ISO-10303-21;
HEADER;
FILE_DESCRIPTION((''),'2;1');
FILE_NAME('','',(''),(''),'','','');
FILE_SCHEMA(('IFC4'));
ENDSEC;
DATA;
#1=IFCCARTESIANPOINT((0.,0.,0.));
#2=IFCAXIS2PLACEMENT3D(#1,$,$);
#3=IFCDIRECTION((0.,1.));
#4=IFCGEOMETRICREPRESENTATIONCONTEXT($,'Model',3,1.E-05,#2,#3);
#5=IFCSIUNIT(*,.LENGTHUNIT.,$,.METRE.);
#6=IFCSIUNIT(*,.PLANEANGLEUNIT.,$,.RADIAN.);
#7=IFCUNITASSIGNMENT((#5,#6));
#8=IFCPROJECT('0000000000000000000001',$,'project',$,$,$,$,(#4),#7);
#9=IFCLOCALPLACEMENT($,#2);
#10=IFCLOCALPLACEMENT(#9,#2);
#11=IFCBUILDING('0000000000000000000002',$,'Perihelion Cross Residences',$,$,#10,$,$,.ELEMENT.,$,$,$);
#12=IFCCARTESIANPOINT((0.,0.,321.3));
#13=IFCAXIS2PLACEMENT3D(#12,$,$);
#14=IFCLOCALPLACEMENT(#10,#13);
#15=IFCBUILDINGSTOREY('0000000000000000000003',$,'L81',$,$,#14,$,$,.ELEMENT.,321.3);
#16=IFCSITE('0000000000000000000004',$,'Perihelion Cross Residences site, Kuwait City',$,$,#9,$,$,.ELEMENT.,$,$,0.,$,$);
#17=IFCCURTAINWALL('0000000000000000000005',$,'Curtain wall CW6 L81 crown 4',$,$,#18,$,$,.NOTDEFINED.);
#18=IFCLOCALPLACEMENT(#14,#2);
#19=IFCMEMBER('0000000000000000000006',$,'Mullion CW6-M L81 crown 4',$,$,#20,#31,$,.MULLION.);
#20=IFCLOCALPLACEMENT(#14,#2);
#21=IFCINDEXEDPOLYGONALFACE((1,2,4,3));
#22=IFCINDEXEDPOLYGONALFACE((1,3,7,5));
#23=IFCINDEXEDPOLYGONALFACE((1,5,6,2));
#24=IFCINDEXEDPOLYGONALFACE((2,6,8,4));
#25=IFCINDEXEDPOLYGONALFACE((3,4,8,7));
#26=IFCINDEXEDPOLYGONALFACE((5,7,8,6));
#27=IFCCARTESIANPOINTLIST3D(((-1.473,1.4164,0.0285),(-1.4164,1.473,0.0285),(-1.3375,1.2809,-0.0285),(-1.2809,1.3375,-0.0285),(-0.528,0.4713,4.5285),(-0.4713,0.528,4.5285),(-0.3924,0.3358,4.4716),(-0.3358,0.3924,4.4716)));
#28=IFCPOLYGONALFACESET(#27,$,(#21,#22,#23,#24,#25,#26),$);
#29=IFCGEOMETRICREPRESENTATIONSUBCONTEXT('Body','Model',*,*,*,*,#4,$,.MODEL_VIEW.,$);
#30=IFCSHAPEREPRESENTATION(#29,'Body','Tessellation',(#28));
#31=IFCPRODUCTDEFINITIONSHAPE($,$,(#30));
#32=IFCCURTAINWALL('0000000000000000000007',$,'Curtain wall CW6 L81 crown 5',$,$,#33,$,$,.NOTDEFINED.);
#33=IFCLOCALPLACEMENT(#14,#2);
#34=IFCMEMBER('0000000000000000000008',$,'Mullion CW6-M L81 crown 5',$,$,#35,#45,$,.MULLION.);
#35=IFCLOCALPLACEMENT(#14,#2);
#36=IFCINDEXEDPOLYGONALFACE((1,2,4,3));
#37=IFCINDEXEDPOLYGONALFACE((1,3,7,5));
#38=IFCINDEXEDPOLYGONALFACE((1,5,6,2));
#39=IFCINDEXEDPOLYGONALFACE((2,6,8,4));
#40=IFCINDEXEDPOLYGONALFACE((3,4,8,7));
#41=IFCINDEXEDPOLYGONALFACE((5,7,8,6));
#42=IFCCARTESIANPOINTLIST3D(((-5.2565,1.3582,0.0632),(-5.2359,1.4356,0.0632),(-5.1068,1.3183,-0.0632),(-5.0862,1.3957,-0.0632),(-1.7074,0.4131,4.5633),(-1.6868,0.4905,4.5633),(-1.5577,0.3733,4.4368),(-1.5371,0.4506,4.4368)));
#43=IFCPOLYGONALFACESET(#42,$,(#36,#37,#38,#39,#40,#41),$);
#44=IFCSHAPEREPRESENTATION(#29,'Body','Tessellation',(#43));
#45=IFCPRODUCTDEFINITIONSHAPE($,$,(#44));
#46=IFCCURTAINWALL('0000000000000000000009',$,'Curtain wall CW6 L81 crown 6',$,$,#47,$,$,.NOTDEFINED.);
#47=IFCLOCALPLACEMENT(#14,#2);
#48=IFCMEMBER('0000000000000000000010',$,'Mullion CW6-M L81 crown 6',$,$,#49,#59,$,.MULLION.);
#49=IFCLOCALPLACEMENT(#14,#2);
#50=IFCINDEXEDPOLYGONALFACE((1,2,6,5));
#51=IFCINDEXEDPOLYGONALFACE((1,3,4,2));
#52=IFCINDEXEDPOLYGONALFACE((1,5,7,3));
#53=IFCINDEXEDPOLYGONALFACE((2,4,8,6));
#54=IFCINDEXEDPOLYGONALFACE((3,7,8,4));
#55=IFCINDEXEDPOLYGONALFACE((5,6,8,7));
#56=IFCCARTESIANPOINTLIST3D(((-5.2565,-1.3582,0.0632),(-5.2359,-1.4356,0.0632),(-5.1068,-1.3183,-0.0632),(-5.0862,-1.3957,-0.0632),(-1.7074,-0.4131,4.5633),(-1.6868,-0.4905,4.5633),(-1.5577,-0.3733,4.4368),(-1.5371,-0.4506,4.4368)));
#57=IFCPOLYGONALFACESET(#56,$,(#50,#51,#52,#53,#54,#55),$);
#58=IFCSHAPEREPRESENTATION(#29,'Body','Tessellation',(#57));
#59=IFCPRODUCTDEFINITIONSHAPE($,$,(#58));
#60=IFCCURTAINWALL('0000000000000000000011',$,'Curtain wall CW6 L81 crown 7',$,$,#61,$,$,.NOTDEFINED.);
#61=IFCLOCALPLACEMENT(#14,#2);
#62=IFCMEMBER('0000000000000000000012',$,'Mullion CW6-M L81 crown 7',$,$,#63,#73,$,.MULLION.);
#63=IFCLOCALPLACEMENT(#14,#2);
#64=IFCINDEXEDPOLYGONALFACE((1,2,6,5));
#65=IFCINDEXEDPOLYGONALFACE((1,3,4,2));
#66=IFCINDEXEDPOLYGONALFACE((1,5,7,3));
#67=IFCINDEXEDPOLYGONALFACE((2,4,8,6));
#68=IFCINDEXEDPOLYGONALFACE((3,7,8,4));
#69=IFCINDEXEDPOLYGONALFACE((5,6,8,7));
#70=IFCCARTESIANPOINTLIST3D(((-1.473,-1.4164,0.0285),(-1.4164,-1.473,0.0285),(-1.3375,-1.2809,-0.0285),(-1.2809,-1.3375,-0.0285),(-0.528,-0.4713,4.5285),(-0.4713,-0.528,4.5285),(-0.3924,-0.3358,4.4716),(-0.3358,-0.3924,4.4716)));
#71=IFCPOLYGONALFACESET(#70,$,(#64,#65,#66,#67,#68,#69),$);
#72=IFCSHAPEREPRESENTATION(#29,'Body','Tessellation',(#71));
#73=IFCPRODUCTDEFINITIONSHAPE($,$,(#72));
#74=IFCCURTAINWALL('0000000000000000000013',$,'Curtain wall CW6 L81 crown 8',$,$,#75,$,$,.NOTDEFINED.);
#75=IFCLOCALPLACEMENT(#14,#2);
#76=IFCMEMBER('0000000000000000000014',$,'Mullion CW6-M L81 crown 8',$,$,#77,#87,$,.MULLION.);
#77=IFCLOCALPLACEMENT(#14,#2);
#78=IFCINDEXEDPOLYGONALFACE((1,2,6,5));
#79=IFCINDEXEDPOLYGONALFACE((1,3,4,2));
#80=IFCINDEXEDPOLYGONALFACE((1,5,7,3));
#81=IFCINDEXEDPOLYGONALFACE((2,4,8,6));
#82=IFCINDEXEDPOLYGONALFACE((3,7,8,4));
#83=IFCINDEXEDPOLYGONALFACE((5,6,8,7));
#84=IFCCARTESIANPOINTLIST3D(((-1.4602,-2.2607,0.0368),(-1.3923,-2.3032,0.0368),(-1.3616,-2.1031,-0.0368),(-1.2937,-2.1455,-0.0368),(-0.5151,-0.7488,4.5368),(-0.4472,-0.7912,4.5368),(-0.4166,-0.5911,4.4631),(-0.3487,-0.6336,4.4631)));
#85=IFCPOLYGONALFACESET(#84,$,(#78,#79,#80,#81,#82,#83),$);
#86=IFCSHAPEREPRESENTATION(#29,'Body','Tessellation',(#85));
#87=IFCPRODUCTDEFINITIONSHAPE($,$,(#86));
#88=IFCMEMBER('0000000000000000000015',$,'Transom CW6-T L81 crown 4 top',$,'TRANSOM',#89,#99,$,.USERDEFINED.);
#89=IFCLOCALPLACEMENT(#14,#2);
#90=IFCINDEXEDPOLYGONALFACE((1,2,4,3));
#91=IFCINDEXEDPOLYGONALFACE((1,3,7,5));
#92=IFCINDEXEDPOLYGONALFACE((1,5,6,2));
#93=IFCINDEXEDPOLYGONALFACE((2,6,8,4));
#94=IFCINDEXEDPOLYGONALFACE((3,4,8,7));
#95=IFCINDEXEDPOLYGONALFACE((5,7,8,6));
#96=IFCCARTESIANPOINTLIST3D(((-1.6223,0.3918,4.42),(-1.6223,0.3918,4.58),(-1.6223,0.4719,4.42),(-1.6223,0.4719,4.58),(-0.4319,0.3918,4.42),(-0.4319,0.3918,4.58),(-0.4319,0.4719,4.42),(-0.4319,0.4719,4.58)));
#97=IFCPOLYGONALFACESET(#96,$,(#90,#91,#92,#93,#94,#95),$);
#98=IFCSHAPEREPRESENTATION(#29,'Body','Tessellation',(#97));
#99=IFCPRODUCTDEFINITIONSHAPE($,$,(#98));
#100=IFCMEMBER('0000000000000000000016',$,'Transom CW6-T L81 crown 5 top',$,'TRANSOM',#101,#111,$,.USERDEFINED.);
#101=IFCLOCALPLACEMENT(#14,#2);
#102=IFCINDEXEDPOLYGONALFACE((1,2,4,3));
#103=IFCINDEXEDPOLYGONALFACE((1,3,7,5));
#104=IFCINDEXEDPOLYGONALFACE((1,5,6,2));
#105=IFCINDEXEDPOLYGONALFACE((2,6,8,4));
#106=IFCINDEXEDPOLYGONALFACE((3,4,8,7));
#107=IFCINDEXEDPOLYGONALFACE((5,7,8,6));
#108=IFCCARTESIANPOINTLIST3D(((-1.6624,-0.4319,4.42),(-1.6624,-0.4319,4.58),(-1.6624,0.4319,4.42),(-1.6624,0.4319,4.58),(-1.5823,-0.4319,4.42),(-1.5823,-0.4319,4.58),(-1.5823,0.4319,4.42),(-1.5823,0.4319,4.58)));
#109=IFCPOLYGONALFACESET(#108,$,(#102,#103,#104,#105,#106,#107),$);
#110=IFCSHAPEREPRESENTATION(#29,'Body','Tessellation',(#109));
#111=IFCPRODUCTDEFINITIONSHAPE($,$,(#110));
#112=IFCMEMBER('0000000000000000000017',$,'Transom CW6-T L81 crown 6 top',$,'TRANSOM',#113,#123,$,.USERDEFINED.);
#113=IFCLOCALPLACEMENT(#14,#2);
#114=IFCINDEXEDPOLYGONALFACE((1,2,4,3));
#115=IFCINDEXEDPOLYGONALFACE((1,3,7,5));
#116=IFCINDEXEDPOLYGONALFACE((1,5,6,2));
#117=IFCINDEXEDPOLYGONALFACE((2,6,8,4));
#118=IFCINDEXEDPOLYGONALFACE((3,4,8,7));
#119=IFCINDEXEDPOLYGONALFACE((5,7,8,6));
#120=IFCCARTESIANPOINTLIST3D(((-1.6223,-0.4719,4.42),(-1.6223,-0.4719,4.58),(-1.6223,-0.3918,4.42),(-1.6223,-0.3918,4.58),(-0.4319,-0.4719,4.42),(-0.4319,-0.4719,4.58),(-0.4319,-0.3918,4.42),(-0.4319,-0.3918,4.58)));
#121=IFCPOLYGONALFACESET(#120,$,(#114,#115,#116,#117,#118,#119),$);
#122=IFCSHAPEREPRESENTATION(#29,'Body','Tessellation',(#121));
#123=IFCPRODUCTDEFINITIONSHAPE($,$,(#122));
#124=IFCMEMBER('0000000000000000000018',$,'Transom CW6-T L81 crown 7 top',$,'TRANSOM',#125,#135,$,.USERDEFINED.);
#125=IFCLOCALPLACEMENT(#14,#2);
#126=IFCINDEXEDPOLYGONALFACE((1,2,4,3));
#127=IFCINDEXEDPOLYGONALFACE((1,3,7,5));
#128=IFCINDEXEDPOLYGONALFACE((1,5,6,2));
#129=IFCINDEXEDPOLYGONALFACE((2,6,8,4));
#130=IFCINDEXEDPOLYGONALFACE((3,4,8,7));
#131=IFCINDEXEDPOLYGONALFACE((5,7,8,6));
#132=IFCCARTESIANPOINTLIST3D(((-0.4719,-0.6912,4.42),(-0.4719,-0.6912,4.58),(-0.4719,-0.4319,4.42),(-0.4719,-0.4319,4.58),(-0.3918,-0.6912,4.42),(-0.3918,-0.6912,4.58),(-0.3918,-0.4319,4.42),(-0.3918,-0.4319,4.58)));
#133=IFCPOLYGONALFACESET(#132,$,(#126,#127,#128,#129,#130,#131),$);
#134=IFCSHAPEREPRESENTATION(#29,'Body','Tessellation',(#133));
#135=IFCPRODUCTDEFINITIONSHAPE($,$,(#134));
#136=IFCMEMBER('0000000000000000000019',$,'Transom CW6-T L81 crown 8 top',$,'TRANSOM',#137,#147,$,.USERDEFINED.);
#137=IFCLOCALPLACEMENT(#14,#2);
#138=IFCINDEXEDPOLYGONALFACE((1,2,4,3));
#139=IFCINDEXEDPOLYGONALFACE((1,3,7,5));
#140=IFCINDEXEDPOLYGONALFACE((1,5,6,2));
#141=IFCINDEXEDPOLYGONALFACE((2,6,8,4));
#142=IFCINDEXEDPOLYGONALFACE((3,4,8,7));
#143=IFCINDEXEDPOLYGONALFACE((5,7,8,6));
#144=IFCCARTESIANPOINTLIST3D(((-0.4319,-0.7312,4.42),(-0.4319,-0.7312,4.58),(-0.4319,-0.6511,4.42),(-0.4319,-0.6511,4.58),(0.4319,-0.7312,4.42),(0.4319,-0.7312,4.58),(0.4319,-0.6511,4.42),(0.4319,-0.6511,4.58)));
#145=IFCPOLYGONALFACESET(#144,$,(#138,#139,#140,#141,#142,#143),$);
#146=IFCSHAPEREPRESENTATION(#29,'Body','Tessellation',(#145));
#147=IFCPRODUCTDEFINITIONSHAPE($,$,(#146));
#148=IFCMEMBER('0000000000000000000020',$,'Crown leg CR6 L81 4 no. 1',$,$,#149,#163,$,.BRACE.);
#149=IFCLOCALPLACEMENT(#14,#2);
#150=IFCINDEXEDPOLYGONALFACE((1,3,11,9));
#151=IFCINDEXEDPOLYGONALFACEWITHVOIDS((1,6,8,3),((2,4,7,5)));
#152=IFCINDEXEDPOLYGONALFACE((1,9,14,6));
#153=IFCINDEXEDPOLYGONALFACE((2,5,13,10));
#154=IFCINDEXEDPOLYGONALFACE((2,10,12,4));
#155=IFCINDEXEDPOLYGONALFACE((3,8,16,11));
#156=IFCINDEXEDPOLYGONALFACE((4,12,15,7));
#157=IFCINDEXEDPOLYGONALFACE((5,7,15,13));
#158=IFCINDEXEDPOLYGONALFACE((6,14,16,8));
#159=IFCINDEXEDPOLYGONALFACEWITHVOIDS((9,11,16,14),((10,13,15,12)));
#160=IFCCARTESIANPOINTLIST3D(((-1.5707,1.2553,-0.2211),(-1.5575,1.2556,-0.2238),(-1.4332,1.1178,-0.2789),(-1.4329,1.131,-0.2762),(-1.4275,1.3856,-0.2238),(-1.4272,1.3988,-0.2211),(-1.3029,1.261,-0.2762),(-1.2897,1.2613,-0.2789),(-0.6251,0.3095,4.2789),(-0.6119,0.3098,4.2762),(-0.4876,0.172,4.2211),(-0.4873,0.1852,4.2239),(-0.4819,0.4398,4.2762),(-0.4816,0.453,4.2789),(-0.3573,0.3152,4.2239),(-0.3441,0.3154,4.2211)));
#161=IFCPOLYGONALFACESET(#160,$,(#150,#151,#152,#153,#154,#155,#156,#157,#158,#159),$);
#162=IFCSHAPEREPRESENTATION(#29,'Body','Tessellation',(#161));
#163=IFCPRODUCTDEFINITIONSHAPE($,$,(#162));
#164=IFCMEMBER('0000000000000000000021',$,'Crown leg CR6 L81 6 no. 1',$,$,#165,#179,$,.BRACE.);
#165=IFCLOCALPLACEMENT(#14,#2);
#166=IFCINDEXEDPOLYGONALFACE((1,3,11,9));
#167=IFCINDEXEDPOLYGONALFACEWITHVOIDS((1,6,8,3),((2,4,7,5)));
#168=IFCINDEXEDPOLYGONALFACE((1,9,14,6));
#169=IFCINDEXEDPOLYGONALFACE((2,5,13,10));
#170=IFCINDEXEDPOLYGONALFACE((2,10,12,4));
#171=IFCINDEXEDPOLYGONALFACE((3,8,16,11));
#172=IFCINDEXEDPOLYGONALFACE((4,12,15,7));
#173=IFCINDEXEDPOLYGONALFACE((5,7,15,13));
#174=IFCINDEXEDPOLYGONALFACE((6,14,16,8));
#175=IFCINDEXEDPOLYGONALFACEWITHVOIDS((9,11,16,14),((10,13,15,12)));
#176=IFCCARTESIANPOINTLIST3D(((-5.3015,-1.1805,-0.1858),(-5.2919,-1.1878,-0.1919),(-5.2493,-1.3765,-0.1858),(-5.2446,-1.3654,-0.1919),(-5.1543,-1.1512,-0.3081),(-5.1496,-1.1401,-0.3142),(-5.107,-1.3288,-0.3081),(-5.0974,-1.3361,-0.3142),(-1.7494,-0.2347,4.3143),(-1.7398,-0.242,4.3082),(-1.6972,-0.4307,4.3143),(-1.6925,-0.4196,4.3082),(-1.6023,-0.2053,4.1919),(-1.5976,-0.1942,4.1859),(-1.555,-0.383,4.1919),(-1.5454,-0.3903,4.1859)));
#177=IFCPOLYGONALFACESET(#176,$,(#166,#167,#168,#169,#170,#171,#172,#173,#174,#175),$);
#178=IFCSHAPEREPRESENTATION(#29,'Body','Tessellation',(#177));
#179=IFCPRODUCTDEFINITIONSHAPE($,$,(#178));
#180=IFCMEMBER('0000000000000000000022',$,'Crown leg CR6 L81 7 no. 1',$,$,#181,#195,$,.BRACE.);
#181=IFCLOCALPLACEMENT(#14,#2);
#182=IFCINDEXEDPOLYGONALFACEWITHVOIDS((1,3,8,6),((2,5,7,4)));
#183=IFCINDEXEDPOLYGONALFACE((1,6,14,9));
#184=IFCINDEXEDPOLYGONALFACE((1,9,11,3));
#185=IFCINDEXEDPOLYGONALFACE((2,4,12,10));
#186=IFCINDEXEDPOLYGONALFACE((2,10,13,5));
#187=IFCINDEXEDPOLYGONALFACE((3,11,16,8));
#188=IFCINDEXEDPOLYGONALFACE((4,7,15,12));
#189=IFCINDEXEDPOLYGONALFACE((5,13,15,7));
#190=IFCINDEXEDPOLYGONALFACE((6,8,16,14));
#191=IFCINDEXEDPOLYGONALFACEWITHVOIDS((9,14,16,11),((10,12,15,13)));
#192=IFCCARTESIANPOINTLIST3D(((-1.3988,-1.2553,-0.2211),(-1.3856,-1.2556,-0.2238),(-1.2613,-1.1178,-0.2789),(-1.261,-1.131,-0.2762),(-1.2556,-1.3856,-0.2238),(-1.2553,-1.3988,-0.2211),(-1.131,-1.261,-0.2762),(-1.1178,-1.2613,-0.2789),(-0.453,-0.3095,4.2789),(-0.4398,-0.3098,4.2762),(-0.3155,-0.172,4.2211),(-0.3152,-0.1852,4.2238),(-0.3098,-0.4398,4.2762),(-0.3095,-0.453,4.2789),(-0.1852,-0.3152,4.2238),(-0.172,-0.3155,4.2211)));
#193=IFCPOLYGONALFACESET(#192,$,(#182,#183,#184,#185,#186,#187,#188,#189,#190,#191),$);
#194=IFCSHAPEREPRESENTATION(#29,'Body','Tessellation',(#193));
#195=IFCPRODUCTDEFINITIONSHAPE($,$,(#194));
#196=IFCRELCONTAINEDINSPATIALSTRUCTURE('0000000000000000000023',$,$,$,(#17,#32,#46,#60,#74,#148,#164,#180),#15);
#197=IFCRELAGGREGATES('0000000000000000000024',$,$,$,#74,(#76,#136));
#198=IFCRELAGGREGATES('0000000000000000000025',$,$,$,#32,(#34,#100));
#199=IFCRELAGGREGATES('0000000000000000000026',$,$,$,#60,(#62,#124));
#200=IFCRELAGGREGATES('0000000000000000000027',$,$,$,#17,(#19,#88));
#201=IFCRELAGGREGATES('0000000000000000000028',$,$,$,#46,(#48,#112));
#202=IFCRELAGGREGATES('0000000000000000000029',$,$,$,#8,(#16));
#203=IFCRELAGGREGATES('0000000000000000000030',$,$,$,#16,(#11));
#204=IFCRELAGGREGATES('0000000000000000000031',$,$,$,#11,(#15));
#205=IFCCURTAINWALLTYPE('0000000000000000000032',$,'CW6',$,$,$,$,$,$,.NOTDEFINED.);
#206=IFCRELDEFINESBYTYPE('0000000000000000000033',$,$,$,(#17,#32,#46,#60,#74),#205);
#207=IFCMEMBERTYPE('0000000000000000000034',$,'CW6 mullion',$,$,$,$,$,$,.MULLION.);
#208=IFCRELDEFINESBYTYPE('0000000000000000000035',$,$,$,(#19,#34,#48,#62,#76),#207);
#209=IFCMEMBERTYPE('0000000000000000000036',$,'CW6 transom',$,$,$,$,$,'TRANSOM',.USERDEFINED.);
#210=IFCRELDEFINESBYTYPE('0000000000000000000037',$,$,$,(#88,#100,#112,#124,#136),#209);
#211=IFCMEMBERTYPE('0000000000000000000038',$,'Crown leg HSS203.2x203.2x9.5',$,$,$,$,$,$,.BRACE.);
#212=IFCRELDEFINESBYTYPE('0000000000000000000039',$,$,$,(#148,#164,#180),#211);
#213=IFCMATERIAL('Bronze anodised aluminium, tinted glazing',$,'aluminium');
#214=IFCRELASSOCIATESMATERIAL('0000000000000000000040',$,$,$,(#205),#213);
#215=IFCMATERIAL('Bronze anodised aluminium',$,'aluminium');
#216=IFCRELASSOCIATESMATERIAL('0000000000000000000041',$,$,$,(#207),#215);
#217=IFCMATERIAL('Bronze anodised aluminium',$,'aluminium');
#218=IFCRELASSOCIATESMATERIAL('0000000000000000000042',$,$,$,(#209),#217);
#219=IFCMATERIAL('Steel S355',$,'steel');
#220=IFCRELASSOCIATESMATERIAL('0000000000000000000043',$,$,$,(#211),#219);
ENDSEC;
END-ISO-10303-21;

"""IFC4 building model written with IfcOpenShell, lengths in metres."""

from ifc_helpers import new_model, si_unit, direction, frame, origin, origin_2d, place, context, subcontext, project, spatial, rectangle, hollow_rectangle, extrude, material, material_profile, profile_set, type_object, element, aggregate, save


model = new_model("IFC4")

# Units and contexts
model_context = context("Model", 3, precision=1e-05, world=origin(), true_north=direction((0.0, 1.0)))
body_context = subcontext(model_context, "Body", "Model", "MODEL_VIEW")
ifc_project = project(units=[si_unit("LENGTHUNIT", "METRE"), si_unit("PLANEANGLEUNIT", "RADIAN")], contexts=[model_context])

# Site, building, storey
site_placement = place(None, origin())
site = spatial("IfcSite", under=ifc_project, at=site_placement, Name="Perihelion Cross Residences site, Kuwait City", CompositionType="ELEMENT", RefElevation=0.0)
building_placement = place(site_placement, origin())
building = spatial("IfcBuilding", under=site, at=building_placement, Name="Perihelion Cross Residences", CompositionType="ELEMENT")
storey_placement = place(building_placement, frame((0.0, 0.0, 321.3)))
storey = spatial("IfcBuildingStorey", under=building, at=storey_placement, Name="L81", CompositionType="ELEMENT", Elevation=321.3)

# Curtain walls, members
ifc_material_1 = material(Name="Bronze anodised aluminium, tinted glazing", Category="aluminium")
curtain_wall_type = type_object("IfcCurtainWallType", Name="CW6", PredefinedType="NOTDEFINED", material=ifc_material_1)
curtain_wall_1_placement = place(storey_placement, origin())
curtain_wall_1 = element("IfcCurtainWall", 1, at=curtain_wall_1_placement, inside=storey, type_object=curtain_wall_type, Name="Curtain wall CW6 L81 crown 4", PredefinedType="NOTDEFINED")
ifc_material_2 = material(Name="Bronze anodised aluminium", Category="aluminium")
ifc_material_profile_1 = material_profile(ifc_material_2, rectangle(XDim=0.0801, YDim=0.2, at=origin_2d()), Name="CW6 mullion")
ifc_profile_set_1 = profile_set([ifc_material_profile_1], Name="Bronze anodised aluminium")
member_type_1 = type_object("IfcMemberType", Name="CW6 mullion", PredefinedType="MULLION", material=ifc_profile_set_1)
member_1_placement = place(storey_placement, frame((-1.377, 1.377, 0.0), z_axis=(0.201323, -0.201323, 0.958613), x_axis=(0.707107, 0.707107, 0.0)))
member_1 = element("IfcMember", 2, at=member_1_placement, type_object=member_type_1, Name="Mullion CW6-M L81 crown 4", PredefinedType="MULLION", context=body_context, shape_type="SweptSolid", body=[
    extrude(rectangle(XDim=0.0801, YDim=0.2, at=origin_2d()), origin(), (0.0, 0.0, 1.0), 4.6943),
])
curtain_wall_2_placement = place(storey_placement, origin())
curtain_wall_2 = element("IfcCurtainWall", 3, at=curtain_wall_2_placement, inside=storey, type_object=curtain_wall_type, Name="Curtain wall CW6 L81 crown 5", PredefinedType="NOTDEFINED")
member_2_placement = place(storey_placement, frame((-5.1714, 1.377, 0.0), z_axis=(0.61101, -0.162703, 0.774722), x_axis=(0.257319, 0.966326, 0.0)))
member_2 = element("IfcMember", 4, at=member_2_placement, type_object=member_type_1, Name="Mullion CW6-M L81 crown 5", PredefinedType="MULLION", context=body_context, shape_type="SweptSolid", body=[
    extrude(rectangle(XDim=0.0801, YDim=0.2, at=origin_2d()), origin(), (0.0, 0.0, 1.0), 5.8086),
])
curtain_wall_3_placement = place(storey_placement, origin())
curtain_wall_3 = element("IfcCurtainWall", 5, at=curtain_wall_3_placement, inside=storey, type_object=curtain_wall_type, Name="Curtain wall CW6 L81 crown 6", PredefinedType="NOTDEFINED")
member_3_placement = place(storey_placement, frame((-5.1714, -1.377, 0.0), z_axis=(0.61101, 0.162703, 0.774722), x_axis=(-0.257319, 0.966326, 0.0)))
member_3 = element("IfcMember", 6, at=member_3_placement, type_object=member_type_1, Name="Mullion CW6-M L81 crown 6", PredefinedType="MULLION", context=body_context, shape_type="SweptSolid", body=[
    extrude(rectangle(XDim=0.0801, YDim=0.2, at=origin_2d()), origin(), (0.0, 0.0, 1.0), 5.8086),
])
curtain_wall_4_placement = place(storey_placement, origin())
curtain_wall_4 = element("IfcCurtainWall", 7, at=curtain_wall_4_placement, inside=storey, type_object=curtain_wall_type, Name="Curtain wall CW6 L81 crown 7", PredefinedType="NOTDEFINED")
member_4_placement = place(storey_placement, frame((-1.377, -1.377, 0.0), z_axis=(0.201323, 0.201323, 0.958613), x_axis=(-0.707107, 0.707107, 0.0)))
member_4 = element("IfcMember", 8, at=member_4_placement, type_object=member_type_1, Name="Mullion CW6-M L81 crown 7", PredefinedType="MULLION", context=body_context, shape_type="SweptSolid", body=[
    extrude(rectangle(XDim=0.0801, YDim=0.2, at=origin_2d()), origin(), (0.0, 0.0, 1.0), 4.6943),
])
curtain_wall_5_placement = place(storey_placement, origin())
curtain_wall_5 = element("IfcCurtainWall", 9, at=curtain_wall_5_placement, inside=storey, type_object=curtain_wall_type, Name="Curtain wall CW6 L81 crown 8", PredefinedType="NOTDEFINED")
member_5_placement = place(storey_placement, frame((-1.377, -2.2031, 0.0), z_axis=(0.195247, 0.312365, 0.929681), x_axis=(-0.847975, 0.530036, 0.0)))
member_5 = element("IfcMember", 10, at=member_5_placement, type_object=member_type_1, Name="Mullion CW6-M L81 crown 8", PredefinedType="MULLION", context=body_context, shape_type="SweptSolid", body=[
    extrude(rectangle(XDim=0.0801, YDim=0.2, at=origin_2d()), origin(), (0.0, 0.0, 1.0), 4.8403),
])

# Members
ifc_material_3 = material(Name="Bronze anodised aluminium", Category="aluminium")
ifc_material_profile_2 = material_profile(ifc_material_3, rectangle(XDim=0.0801, YDim=0.1599, at=origin_2d()), Name="CW6 transom")
ifc_profile_set_2 = profile_set([ifc_material_profile_2], Name="Bronze anodised aluminium")
member_type_2 = type_object("IfcMemberType", Name="CW6 transom", ElementType="TRANSOM", PredefinedType="USERDEFINED", material=ifc_profile_set_2)
member_6_placement = place(storey_placement, frame((-0.4319, 0.4319, 4.5), z_axis=(-1.0, 0.0, 0.0), x_axis=(0.0, -1.0, 0.0)))
member_6 = element("IfcMember", 11, at=member_6_placement, type_object=member_type_2, Name="Transom CW6-T L81 crown 4 top", ObjectType="TRANSOM", PredefinedType="USERDEFINED", context=body_context, shape_type="SweptSolid", body=[
    extrude(rectangle(XDim=0.0801, YDim=0.1599, at=origin_2d()), origin(), (0.0, 0.0, 1.0), 1.1904),
])
member_7_placement = place(storey_placement, frame((-1.6223, 0.4319, 4.5), z_axis=(0.0, -1.0, 0.0), x_axis=(1.0, 0.0, 0.0)))
member_7 = element("IfcMember", 12, at=member_7_placement, type_object=member_type_2, Name="Transom CW6-T L81 crown 5 top", ObjectType="TRANSOM", PredefinedType="USERDEFINED", context=body_context, shape_type="SweptSolid", body=[
    extrude(rectangle(XDim=0.0801, YDim=0.1599, at=origin_2d()), origin(), (0.0, 0.0, 1.0), 0.8638),
])
member_8_placement = place(storey_placement, frame((-1.6223, -0.4319, 4.5), z_axis=(1.0, 0.0, 0.0), x_axis=(0.0, 1.0, 0.0)))
member_8 = element("IfcMember", 13, at=member_8_placement, type_object=member_type_2, Name="Transom CW6-T L81 crown 6 top", ObjectType="TRANSOM", PredefinedType="USERDEFINED", context=body_context, shape_type="SweptSolid", body=[
    extrude(rectangle(XDim=0.0801, YDim=0.1599, at=origin_2d()), origin(), (0.0, 0.0, 1.0), 1.1904),
])
member_9_placement = place(storey_placement, frame((-0.4319, -0.4319, 4.5), z_axis=(0.0, -1.0, 0.0), x_axis=(1.0, 0.0, 0.0)))
member_9 = element("IfcMember", 14, at=member_9_placement, type_object=member_type_2, Name="Transom CW6-T L81 crown 7 top", ObjectType="TRANSOM", PredefinedType="USERDEFINED", context=body_context, shape_type="SweptSolid", body=[
    extrude(rectangle(XDim=0.0801, YDim=0.1599, at=origin_2d()), origin(), (0.0, 0.0, 1.0), 0.2593),
])
member_10_placement = place(storey_placement, frame((-0.4319, -0.6912, 4.5), z_axis=(1.0, 0.0, 0.0), x_axis=(0.0, 1.0, 0.0)))
member_10 = element("IfcMember", 15, at=member_10_placement, type_object=member_type_2, Name="Transom CW6-T L81 crown 8 top", ObjectType="TRANSOM", PredefinedType="USERDEFINED", context=body_context, shape_type="SweptSolid", body=[
    extrude(rectangle(XDim=0.0801, YDim=0.1599, at=origin_2d()), origin(), (0.0, 0.0, 1.0), 0.8638),
])
aggregate(curtain_wall_5, [member_5, member_10])

# Members
ifc_material_4 = material(Name="Steel S355", Category="steel")
ifc_material_profile_3 = material_profile(ifc_material_4, hollow_rectangle(XDim=0.2029, YDim=0.2029, WallThickness=0.0095, at=origin_2d()), Name="HSS203.2x203.2x9.5")
ifc_profile_set_3 = profile_set([ifc_material_profile_3], Name="Steel S355")
member_type_3 = type_object("IfcMemberType", Name="Crown leg HSS203.2x203.2x9.5", PredefinedType="BRACE", material=ifc_profile_set_3)
member_11_placement = place(storey_placement, frame((-1.4302, 1.2583, -0.25), z_axis=(0.201417, -0.201469, 0.958562), x_axis=(0.707198, 0.707016, 0.0)))
element("IfcMember", 16, at=member_11_placement, inside=storey, type_object=member_type_3, Name="Crown leg CR6 L81 4 no. 1", PredefinedType="BRACE", context=body_context, shape_type="SweptSolid", body=[
    extrude(hollow_rectangle(XDim=0.2029, YDim=0.2029, WallThickness=0.0095, at=origin_2d()), origin(), (0.0, 0.0, 1.0), 4.6946),
])
member_12_placement = place(storey_placement, frame((-5.1995, -1.2583, -0.25), z_axis=(0.611313, 0.162776, 0.774468), x_axis=(-0.257307, 0.96633, 0.0)))
element("IfcMember", 17, at=member_12_placement, inside=storey, type_object=member_type_3, Name="Crown leg CR6 L81 6 no. 1", PredefinedType="BRACE", context=body_context, shape_type="SweptSolid", body=[
    extrude(hollow_rectangle(XDim=0.2029, YDim=0.2029, WallThickness=0.0095, at=origin_2d()), origin(), (0.0, 0.0, 1.0), 5.8105),
])
member_13_placement = place(storey_placement, frame((-1.2583, -1.2583, -0.25), z_axis=(0.201467, 0.201467, 0.958552), x_axis=(-0.707107, 0.707107, 0.0)))
element("IfcMember", 18, at=member_13_placement, inside=storey, type_object=member_type_3, Name="Crown leg CR6 L81 7 no. 1", PredefinedType="BRACE", context=body_context, shape_type="SweptSolid", body=[
    extrude(hollow_rectangle(XDim=0.2029, YDim=0.2029, WallThickness=0.0095, at=origin_2d()), origin(), (0.0, 0.0, 1.0), 4.6946),
])

aggregate(curtain_wall_2, [member_2, member_7])
aggregate(curtain_wall_4, [member_4, member_9])

aggregate(curtain_wall_1, [member_1, member_6])
aggregate(curtain_wall_3, [member_3, member_8])

save(model, "model.ifc")
